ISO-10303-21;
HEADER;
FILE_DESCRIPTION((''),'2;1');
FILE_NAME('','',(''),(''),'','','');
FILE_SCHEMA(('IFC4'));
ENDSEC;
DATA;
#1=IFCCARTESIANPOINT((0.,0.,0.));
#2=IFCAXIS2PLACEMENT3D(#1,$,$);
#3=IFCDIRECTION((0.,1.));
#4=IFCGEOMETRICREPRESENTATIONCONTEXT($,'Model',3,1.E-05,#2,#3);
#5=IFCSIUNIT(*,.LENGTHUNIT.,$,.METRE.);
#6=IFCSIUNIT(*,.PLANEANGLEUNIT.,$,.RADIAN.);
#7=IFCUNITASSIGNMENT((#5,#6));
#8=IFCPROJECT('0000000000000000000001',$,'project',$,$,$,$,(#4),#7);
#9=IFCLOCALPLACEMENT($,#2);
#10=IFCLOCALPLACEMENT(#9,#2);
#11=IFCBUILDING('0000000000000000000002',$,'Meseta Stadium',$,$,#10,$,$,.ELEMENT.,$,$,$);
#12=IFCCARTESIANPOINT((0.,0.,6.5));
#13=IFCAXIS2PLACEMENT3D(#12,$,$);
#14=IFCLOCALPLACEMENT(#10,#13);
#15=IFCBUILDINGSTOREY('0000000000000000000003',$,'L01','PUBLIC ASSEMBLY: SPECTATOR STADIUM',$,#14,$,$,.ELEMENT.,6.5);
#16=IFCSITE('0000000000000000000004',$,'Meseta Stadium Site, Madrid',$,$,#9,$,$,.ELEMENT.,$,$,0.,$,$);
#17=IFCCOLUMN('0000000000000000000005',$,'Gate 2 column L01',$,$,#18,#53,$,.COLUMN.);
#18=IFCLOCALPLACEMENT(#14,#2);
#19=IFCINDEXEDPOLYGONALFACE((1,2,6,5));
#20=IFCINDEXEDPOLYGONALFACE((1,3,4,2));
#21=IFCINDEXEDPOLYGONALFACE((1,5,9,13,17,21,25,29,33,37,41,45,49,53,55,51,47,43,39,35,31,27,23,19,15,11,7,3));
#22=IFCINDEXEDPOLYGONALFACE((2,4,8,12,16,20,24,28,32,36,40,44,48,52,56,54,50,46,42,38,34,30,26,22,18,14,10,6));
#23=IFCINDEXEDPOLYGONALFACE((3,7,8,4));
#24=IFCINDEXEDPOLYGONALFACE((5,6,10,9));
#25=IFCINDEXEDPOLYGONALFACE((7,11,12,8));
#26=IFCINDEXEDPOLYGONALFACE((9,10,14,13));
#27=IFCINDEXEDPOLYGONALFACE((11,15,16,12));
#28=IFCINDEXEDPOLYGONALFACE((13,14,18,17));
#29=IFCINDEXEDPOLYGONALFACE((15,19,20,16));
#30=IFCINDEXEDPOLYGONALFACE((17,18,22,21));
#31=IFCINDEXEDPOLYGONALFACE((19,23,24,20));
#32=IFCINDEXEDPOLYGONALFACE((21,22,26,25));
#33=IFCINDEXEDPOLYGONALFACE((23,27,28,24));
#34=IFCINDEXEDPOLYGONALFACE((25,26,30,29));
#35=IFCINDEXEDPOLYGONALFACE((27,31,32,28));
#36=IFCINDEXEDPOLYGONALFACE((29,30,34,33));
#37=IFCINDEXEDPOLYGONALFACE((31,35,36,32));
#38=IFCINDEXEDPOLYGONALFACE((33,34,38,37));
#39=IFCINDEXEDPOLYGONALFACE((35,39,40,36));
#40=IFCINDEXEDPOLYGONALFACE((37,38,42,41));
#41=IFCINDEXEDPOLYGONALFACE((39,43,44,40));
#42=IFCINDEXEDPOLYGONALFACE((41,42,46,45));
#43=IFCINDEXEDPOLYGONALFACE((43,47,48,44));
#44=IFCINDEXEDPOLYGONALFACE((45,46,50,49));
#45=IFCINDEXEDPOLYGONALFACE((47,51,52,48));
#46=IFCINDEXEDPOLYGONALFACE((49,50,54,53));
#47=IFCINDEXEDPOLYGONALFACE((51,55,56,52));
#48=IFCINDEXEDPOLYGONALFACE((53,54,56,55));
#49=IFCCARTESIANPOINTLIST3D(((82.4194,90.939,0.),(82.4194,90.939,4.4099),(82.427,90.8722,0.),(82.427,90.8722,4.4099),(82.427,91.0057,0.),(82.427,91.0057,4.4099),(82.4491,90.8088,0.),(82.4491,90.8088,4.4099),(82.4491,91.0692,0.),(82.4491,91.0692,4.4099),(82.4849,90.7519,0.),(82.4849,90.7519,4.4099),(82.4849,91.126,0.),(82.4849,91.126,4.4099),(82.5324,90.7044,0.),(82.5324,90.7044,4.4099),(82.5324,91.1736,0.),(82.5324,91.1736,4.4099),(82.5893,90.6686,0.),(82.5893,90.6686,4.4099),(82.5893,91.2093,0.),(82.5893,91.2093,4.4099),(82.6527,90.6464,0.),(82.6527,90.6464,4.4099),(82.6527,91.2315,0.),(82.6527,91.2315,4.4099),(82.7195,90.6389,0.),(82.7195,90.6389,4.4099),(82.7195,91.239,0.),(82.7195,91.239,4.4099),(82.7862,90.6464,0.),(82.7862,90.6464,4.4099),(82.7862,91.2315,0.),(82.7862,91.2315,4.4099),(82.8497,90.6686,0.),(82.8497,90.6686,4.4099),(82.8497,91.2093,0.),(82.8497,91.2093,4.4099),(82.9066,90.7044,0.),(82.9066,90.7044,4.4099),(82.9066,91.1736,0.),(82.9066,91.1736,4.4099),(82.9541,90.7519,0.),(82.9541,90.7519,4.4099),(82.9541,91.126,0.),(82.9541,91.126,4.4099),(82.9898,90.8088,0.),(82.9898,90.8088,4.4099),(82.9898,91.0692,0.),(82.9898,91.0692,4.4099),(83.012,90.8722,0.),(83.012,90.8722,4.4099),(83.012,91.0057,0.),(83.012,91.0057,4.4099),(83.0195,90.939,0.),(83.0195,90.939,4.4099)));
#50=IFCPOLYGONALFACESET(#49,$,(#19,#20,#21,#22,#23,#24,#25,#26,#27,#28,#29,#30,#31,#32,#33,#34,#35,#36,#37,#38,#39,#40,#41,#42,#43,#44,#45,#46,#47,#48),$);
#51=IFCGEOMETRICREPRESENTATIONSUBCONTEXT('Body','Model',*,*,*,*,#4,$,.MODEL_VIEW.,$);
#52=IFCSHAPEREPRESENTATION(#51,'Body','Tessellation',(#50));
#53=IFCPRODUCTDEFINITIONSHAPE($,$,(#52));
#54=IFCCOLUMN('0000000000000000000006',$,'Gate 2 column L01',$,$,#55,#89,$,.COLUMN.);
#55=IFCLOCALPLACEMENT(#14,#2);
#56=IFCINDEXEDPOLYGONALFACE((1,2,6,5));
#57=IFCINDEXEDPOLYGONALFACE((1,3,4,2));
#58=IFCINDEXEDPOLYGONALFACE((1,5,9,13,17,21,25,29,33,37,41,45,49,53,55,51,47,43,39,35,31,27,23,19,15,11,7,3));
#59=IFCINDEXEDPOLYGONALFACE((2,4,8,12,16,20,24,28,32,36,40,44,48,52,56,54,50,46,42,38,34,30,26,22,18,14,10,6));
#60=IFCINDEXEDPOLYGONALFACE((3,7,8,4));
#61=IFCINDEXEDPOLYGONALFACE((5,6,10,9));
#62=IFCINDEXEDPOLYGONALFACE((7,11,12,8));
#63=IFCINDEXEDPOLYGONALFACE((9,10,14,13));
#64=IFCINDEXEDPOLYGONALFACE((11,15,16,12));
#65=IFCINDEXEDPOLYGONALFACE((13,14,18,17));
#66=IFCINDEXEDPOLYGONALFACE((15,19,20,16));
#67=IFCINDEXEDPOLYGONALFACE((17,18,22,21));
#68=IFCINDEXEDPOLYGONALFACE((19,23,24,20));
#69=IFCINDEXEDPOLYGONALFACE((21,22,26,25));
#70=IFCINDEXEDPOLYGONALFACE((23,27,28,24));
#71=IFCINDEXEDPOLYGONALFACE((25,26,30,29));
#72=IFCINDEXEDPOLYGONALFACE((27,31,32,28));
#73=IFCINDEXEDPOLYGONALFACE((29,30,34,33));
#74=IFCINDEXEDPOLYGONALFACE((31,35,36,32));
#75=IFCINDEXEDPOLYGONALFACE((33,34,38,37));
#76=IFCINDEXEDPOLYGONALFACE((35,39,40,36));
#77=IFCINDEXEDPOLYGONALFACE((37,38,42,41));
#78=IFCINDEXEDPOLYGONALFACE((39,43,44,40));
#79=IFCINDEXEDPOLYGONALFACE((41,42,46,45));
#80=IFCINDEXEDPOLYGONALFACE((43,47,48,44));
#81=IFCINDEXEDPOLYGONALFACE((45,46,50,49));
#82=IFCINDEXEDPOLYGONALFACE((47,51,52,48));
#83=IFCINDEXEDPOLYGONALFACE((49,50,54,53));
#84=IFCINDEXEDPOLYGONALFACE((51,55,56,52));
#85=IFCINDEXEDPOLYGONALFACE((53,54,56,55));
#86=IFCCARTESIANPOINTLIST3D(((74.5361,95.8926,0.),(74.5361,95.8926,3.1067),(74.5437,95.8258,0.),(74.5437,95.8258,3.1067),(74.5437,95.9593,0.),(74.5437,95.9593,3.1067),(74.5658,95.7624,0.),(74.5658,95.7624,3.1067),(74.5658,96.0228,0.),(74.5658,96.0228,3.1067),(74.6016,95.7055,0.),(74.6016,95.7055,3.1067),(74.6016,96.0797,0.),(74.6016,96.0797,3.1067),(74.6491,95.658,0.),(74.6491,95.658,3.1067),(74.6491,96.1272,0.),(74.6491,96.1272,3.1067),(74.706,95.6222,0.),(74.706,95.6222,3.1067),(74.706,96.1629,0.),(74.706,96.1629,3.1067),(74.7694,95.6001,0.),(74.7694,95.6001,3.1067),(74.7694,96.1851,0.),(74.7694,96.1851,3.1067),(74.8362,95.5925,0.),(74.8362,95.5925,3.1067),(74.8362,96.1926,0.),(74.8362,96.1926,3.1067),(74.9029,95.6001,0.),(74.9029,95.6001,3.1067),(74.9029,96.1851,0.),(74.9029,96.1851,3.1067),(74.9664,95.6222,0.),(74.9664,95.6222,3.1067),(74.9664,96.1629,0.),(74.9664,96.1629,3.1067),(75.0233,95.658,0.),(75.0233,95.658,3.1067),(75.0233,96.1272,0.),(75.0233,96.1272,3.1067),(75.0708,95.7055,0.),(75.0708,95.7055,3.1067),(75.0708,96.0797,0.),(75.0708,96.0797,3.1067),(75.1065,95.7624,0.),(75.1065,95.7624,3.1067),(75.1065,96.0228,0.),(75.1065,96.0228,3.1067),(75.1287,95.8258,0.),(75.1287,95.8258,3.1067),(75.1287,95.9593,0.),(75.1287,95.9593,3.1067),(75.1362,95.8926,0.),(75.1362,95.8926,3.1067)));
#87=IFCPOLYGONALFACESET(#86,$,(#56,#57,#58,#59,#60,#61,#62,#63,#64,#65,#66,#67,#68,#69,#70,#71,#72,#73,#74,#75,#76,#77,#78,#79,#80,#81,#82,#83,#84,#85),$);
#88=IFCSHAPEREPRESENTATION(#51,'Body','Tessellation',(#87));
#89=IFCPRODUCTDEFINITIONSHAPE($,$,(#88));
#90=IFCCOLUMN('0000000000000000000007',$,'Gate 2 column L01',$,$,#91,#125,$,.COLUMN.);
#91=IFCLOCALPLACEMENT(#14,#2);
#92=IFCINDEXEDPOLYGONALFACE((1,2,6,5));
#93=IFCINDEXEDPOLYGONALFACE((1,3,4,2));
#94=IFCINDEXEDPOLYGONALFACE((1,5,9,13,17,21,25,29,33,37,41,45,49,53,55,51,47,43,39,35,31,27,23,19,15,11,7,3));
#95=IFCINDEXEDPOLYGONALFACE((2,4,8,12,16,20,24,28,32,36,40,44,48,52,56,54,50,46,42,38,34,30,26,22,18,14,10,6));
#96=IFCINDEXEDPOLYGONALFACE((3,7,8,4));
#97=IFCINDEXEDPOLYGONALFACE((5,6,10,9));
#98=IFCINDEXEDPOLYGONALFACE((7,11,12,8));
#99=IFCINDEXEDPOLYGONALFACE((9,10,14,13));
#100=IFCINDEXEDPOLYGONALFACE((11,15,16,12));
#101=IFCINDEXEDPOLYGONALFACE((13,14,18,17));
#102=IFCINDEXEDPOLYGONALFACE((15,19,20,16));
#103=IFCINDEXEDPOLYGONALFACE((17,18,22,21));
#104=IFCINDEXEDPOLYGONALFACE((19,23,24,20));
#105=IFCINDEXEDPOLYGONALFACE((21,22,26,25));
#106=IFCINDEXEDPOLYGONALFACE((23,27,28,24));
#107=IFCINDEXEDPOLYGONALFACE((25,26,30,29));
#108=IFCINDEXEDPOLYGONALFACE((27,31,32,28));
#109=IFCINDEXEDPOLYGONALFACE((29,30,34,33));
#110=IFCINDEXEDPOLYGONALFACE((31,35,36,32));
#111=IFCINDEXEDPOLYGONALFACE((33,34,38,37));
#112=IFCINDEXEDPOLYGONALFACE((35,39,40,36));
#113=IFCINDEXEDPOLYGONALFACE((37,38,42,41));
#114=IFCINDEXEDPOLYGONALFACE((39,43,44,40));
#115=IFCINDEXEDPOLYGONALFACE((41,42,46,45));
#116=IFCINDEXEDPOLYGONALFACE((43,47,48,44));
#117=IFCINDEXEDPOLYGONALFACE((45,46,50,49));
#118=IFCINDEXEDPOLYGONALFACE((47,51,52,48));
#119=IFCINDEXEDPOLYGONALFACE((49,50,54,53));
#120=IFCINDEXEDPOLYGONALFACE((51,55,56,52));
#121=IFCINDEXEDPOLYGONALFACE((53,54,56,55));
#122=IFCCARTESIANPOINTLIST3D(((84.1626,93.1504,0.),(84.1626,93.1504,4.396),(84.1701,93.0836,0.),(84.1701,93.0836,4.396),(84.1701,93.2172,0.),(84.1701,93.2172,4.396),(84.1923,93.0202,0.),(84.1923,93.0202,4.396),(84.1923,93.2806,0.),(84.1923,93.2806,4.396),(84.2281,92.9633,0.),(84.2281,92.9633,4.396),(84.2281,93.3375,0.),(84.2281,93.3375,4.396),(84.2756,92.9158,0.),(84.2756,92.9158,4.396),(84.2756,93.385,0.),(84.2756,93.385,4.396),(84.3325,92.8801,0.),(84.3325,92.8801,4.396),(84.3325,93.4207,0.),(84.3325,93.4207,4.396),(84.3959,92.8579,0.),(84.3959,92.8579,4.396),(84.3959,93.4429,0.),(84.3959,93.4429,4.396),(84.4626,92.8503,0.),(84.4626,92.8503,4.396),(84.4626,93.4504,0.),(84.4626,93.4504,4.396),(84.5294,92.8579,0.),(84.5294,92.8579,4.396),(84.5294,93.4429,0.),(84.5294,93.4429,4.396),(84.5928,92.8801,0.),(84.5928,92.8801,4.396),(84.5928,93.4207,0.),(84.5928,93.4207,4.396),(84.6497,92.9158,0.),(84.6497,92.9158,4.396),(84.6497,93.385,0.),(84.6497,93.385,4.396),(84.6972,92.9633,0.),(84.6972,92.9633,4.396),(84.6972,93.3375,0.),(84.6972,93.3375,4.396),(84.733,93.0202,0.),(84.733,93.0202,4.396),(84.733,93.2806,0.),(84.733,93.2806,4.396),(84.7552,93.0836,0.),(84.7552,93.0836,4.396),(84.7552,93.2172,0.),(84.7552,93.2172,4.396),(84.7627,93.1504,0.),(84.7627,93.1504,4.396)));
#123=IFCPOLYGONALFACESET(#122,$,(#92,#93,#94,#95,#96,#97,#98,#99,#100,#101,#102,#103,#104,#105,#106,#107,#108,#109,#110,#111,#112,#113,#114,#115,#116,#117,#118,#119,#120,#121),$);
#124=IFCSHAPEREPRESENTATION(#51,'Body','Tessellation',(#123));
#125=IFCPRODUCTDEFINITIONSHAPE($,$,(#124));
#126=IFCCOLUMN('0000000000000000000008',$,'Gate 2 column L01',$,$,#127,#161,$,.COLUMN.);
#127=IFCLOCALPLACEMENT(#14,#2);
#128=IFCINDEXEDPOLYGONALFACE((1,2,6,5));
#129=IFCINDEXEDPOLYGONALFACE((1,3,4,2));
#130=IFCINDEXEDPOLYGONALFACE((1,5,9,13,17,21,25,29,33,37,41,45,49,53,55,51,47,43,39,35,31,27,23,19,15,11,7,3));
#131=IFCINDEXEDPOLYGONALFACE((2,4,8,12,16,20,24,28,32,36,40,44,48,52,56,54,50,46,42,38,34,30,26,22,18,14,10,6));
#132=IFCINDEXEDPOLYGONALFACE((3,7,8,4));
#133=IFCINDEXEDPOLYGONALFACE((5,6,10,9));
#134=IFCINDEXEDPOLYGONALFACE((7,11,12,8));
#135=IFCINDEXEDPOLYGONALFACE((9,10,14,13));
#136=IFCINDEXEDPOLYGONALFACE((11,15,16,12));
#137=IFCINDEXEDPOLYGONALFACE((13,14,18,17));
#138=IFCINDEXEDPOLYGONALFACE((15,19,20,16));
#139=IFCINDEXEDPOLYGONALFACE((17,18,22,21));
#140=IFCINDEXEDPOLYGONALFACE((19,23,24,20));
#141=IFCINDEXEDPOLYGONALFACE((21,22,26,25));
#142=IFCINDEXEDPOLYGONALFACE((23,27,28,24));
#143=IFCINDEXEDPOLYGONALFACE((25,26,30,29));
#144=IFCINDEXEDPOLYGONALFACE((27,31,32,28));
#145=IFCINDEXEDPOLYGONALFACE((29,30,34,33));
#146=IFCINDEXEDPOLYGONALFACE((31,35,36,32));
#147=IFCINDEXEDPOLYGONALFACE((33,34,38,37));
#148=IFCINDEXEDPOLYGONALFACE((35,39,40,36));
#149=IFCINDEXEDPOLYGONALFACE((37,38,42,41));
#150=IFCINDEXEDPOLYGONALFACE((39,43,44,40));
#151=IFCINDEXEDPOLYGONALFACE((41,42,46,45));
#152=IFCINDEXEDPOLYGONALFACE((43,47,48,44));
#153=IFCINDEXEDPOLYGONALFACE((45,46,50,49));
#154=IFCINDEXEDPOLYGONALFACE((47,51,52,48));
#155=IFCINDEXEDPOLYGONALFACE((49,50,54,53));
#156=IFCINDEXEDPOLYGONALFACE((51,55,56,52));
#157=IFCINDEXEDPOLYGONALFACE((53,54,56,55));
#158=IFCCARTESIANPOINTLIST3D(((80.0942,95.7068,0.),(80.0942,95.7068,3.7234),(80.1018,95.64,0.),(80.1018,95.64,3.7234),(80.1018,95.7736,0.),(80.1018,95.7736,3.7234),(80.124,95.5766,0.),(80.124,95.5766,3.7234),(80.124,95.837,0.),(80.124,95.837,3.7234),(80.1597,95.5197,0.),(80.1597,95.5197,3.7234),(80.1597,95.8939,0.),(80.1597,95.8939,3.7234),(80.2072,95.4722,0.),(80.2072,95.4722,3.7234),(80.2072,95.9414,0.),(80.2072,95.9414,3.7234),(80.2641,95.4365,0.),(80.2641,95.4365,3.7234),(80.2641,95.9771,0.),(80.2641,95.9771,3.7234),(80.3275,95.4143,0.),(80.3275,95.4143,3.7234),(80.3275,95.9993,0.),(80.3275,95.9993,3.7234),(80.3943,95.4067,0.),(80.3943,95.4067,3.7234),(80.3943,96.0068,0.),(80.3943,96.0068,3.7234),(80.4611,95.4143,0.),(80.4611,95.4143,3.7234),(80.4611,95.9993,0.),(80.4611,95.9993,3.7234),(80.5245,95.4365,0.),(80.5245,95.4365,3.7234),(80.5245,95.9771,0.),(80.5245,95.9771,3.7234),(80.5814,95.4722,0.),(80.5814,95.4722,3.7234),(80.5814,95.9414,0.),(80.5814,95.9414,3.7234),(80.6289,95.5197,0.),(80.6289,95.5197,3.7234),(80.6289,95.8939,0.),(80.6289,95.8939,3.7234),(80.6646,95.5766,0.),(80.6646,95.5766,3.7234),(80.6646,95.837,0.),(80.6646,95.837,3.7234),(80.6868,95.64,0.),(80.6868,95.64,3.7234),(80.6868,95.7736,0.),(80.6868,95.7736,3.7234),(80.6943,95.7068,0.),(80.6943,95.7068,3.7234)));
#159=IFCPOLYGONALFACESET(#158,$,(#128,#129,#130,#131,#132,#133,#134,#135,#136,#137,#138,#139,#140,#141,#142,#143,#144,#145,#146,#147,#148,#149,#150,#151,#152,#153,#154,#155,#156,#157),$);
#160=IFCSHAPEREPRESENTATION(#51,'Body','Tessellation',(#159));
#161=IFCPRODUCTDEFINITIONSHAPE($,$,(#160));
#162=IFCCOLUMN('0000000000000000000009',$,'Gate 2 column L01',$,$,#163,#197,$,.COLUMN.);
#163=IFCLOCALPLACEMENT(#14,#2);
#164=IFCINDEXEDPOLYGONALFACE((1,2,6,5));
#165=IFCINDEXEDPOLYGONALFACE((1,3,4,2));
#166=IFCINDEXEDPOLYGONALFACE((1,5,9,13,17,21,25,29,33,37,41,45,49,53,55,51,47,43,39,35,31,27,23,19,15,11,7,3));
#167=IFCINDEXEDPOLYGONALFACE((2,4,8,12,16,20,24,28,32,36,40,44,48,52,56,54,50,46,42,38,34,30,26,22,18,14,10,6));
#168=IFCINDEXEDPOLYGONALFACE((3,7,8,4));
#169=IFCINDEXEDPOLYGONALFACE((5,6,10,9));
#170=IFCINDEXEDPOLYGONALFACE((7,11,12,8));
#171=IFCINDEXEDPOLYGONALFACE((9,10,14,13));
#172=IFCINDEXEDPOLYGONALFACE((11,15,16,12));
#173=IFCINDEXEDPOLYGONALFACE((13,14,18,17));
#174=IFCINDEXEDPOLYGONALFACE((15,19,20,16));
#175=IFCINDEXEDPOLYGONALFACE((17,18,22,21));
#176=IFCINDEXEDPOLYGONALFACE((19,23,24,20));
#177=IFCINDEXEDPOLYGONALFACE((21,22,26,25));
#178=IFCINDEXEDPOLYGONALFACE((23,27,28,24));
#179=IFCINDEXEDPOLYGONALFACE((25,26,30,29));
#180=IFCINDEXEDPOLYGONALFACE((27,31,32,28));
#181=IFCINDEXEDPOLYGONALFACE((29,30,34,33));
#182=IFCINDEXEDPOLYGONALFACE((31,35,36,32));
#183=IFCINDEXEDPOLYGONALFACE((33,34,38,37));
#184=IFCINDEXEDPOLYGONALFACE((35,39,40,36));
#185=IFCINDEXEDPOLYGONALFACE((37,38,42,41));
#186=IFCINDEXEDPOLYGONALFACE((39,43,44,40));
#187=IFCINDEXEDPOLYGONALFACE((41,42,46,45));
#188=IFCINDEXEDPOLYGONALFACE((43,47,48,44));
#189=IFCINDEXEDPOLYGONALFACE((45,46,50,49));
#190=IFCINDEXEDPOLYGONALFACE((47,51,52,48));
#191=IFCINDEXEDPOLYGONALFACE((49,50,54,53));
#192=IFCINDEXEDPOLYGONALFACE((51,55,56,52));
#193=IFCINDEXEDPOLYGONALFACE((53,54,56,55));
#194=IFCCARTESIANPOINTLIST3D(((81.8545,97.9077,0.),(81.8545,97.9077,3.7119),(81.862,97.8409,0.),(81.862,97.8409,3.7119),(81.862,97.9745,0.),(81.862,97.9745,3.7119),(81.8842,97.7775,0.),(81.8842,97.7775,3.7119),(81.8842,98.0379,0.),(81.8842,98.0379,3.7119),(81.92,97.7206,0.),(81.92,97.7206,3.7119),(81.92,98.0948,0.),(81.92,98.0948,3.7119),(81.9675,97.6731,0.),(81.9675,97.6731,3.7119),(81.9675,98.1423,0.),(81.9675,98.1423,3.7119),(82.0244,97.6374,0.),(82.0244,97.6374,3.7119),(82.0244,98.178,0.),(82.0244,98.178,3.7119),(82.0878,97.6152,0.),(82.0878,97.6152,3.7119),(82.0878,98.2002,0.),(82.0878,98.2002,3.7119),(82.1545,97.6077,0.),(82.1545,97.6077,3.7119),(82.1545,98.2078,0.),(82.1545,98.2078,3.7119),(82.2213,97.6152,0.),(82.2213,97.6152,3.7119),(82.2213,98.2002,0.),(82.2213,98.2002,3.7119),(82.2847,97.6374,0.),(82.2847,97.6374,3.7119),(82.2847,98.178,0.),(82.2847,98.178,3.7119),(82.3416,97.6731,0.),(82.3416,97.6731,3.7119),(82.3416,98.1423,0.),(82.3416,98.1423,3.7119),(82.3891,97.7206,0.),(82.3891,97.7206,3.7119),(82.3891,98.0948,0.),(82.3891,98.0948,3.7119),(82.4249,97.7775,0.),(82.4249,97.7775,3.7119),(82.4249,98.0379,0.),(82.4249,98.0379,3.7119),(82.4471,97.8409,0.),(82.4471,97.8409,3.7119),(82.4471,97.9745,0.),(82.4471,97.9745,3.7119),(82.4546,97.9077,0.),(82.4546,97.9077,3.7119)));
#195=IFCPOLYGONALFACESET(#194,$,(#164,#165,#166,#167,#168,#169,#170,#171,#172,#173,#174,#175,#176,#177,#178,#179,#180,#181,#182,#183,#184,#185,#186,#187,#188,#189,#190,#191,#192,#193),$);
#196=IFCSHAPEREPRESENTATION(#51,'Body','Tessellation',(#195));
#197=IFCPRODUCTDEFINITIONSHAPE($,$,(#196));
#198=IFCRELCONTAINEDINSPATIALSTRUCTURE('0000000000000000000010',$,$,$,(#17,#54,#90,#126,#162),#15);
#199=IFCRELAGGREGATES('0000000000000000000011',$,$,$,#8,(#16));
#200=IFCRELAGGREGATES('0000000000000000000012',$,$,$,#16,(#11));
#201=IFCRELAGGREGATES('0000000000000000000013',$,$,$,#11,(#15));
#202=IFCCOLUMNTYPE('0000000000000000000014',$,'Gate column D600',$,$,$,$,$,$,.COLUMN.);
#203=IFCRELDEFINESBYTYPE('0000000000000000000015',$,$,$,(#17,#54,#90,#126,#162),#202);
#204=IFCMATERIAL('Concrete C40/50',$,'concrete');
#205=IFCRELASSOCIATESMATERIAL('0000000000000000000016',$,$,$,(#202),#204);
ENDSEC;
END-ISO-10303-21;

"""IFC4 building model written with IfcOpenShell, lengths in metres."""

from ifc_helpers import new_model, si_unit, direction, frame, origin, origin_2d, place, context, subcontext, project, spatial, circle, extrude, material, material_profile, profile_set, type_object, element, save


model = new_model("IFC4")

# Units and contexts
model_context = context("Model", 3, precision=1e-05, world=origin(), true_north=direction((0.0, 1.0)))
body_context = subcontext(model_context, "Body", "Model", "MODEL_VIEW")
ifc_project = project(units=[si_unit("LENGTHUNIT", "METRE"), si_unit("PLANEANGLEUNIT", "RADIAN")], contexts=[model_context])

# Site, building, storey
site_placement = place(None, origin())
site = spatial("IfcSite", under=ifc_project, at=site_placement, Name="Meseta Stadium Site, Madrid", CompositionType="ELEMENT", RefElevation=0.0)
building_placement = place(site_placement, origin())
building = spatial("IfcBuilding", under=site, at=building_placement, Name="Meseta Stadium", CompositionType="ELEMENT")
storey_placement = place(building_placement, frame((0.0, 0.0, 6.5)))
storey = spatial("IfcBuildingStorey", under=building, at=storey_placement, Name="L01", Description="PUBLIC ASSEMBLY: SPECTATOR STADIUM", CompositionType="ELEMENT", Elevation=6.5)

# Columns
ifc_material_1 = material(Name="Concrete C40/50", Category="concrete")
ifc_material_profile_1 = material_profile(ifc_material_1, circle(Radius=0.3, at=origin_2d()), Name="RC D600")
ifc_profile_set_1 = profile_set([ifc_material_profile_1], Name="Concrete C40/50")
column_type = type_object("IfcColumnType", Name="Gate column D600", PredefinedType="COLUMN", material=ifc_profile_set_1)
column_1_placement = place(storey_placement, frame((82.7195, 90.939, 0.0), z_axis=(0.0, 0.0, 1.0), x_axis=(1.0, 0.0, 0.0)))
element("IfcColumn", 1, at=column_1_placement, inside=storey, type_object=column_type, Name="Gate 2 column L01", PredefinedType="COLUMN", context=body_context, shape_type="SweptSolid", body=[
    extrude(circle(Radius=0.3, at=origin_2d()), origin(), (0.0, 0.0, 1.0), 4.4099),
])
column_2_placement = place(storey_placement, frame((74.8362, 95.8926, 0.0), z_axis=(0.0, 0.0, 1.0), x_axis=(1.0, 0.0, 0.0)))
element("IfcColumn", 2, at=column_2_placement, inside=storey, type_object=column_type, Name="Gate 2 column L01", PredefinedType="COLUMN", context=body_context, shape_type="SweptSolid", body=[
    extrude(circle(Radius=0.3, at=origin_2d()), origin(), (0.0, 0.0, 1.0), 3.1067),
])
column_3_placement = place(storey_placement, frame((84.4626, 93.1504, 0.0), z_axis=(0.0, 0.0, 1.0), x_axis=(1.0, 0.0, 0.0)))
element("IfcColumn", 3, at=column_3_placement, inside=storey, type_object=column_type, Name="Gate 2 column L01", PredefinedType="COLUMN", context=body_context, shape_type="SweptSolid", body=[
    extrude(circle(Radius=0.3, at=origin_2d()), origin(), (0.0, 0.0, 1.0), 4.396),
])
column_4_placement = place(storey_placement, frame((80.3943, 95.7068, 0.0), z_axis=(0.0, 0.0, 1.0), x_axis=(1.0, 0.0, 0.0)))
element("IfcColumn", 4, at=column_4_placement, inside=storey, type_object=column_type, Name="Gate 2 column L01", PredefinedType="COLUMN", context=body_context, shape_type="SweptSolid", body=[
    extrude(circle(Radius=0.3, at=origin_2d()), origin(), (0.0, 0.0, 1.0), 3.7234),
])
column_5_placement = place(storey_placement, frame((82.1545, 97.9077, 0.0), z_axis=(0.0, 0.0, 1.0), x_axis=(1.0, 0.0, 0.0)))
element("IfcColumn", 5, at=column_5_placement, inside=storey, type_object=column_type, Name="Gate 2 column L01", PredefinedType="COLUMN", context=body_context, shape_type="SweptSolid", body=[
    extrude(circle(Radius=0.3, at=origin_2d()), origin(), (0.0, 0.0, 1.0), 3.7119),
])

save(model, "model.ifc")
